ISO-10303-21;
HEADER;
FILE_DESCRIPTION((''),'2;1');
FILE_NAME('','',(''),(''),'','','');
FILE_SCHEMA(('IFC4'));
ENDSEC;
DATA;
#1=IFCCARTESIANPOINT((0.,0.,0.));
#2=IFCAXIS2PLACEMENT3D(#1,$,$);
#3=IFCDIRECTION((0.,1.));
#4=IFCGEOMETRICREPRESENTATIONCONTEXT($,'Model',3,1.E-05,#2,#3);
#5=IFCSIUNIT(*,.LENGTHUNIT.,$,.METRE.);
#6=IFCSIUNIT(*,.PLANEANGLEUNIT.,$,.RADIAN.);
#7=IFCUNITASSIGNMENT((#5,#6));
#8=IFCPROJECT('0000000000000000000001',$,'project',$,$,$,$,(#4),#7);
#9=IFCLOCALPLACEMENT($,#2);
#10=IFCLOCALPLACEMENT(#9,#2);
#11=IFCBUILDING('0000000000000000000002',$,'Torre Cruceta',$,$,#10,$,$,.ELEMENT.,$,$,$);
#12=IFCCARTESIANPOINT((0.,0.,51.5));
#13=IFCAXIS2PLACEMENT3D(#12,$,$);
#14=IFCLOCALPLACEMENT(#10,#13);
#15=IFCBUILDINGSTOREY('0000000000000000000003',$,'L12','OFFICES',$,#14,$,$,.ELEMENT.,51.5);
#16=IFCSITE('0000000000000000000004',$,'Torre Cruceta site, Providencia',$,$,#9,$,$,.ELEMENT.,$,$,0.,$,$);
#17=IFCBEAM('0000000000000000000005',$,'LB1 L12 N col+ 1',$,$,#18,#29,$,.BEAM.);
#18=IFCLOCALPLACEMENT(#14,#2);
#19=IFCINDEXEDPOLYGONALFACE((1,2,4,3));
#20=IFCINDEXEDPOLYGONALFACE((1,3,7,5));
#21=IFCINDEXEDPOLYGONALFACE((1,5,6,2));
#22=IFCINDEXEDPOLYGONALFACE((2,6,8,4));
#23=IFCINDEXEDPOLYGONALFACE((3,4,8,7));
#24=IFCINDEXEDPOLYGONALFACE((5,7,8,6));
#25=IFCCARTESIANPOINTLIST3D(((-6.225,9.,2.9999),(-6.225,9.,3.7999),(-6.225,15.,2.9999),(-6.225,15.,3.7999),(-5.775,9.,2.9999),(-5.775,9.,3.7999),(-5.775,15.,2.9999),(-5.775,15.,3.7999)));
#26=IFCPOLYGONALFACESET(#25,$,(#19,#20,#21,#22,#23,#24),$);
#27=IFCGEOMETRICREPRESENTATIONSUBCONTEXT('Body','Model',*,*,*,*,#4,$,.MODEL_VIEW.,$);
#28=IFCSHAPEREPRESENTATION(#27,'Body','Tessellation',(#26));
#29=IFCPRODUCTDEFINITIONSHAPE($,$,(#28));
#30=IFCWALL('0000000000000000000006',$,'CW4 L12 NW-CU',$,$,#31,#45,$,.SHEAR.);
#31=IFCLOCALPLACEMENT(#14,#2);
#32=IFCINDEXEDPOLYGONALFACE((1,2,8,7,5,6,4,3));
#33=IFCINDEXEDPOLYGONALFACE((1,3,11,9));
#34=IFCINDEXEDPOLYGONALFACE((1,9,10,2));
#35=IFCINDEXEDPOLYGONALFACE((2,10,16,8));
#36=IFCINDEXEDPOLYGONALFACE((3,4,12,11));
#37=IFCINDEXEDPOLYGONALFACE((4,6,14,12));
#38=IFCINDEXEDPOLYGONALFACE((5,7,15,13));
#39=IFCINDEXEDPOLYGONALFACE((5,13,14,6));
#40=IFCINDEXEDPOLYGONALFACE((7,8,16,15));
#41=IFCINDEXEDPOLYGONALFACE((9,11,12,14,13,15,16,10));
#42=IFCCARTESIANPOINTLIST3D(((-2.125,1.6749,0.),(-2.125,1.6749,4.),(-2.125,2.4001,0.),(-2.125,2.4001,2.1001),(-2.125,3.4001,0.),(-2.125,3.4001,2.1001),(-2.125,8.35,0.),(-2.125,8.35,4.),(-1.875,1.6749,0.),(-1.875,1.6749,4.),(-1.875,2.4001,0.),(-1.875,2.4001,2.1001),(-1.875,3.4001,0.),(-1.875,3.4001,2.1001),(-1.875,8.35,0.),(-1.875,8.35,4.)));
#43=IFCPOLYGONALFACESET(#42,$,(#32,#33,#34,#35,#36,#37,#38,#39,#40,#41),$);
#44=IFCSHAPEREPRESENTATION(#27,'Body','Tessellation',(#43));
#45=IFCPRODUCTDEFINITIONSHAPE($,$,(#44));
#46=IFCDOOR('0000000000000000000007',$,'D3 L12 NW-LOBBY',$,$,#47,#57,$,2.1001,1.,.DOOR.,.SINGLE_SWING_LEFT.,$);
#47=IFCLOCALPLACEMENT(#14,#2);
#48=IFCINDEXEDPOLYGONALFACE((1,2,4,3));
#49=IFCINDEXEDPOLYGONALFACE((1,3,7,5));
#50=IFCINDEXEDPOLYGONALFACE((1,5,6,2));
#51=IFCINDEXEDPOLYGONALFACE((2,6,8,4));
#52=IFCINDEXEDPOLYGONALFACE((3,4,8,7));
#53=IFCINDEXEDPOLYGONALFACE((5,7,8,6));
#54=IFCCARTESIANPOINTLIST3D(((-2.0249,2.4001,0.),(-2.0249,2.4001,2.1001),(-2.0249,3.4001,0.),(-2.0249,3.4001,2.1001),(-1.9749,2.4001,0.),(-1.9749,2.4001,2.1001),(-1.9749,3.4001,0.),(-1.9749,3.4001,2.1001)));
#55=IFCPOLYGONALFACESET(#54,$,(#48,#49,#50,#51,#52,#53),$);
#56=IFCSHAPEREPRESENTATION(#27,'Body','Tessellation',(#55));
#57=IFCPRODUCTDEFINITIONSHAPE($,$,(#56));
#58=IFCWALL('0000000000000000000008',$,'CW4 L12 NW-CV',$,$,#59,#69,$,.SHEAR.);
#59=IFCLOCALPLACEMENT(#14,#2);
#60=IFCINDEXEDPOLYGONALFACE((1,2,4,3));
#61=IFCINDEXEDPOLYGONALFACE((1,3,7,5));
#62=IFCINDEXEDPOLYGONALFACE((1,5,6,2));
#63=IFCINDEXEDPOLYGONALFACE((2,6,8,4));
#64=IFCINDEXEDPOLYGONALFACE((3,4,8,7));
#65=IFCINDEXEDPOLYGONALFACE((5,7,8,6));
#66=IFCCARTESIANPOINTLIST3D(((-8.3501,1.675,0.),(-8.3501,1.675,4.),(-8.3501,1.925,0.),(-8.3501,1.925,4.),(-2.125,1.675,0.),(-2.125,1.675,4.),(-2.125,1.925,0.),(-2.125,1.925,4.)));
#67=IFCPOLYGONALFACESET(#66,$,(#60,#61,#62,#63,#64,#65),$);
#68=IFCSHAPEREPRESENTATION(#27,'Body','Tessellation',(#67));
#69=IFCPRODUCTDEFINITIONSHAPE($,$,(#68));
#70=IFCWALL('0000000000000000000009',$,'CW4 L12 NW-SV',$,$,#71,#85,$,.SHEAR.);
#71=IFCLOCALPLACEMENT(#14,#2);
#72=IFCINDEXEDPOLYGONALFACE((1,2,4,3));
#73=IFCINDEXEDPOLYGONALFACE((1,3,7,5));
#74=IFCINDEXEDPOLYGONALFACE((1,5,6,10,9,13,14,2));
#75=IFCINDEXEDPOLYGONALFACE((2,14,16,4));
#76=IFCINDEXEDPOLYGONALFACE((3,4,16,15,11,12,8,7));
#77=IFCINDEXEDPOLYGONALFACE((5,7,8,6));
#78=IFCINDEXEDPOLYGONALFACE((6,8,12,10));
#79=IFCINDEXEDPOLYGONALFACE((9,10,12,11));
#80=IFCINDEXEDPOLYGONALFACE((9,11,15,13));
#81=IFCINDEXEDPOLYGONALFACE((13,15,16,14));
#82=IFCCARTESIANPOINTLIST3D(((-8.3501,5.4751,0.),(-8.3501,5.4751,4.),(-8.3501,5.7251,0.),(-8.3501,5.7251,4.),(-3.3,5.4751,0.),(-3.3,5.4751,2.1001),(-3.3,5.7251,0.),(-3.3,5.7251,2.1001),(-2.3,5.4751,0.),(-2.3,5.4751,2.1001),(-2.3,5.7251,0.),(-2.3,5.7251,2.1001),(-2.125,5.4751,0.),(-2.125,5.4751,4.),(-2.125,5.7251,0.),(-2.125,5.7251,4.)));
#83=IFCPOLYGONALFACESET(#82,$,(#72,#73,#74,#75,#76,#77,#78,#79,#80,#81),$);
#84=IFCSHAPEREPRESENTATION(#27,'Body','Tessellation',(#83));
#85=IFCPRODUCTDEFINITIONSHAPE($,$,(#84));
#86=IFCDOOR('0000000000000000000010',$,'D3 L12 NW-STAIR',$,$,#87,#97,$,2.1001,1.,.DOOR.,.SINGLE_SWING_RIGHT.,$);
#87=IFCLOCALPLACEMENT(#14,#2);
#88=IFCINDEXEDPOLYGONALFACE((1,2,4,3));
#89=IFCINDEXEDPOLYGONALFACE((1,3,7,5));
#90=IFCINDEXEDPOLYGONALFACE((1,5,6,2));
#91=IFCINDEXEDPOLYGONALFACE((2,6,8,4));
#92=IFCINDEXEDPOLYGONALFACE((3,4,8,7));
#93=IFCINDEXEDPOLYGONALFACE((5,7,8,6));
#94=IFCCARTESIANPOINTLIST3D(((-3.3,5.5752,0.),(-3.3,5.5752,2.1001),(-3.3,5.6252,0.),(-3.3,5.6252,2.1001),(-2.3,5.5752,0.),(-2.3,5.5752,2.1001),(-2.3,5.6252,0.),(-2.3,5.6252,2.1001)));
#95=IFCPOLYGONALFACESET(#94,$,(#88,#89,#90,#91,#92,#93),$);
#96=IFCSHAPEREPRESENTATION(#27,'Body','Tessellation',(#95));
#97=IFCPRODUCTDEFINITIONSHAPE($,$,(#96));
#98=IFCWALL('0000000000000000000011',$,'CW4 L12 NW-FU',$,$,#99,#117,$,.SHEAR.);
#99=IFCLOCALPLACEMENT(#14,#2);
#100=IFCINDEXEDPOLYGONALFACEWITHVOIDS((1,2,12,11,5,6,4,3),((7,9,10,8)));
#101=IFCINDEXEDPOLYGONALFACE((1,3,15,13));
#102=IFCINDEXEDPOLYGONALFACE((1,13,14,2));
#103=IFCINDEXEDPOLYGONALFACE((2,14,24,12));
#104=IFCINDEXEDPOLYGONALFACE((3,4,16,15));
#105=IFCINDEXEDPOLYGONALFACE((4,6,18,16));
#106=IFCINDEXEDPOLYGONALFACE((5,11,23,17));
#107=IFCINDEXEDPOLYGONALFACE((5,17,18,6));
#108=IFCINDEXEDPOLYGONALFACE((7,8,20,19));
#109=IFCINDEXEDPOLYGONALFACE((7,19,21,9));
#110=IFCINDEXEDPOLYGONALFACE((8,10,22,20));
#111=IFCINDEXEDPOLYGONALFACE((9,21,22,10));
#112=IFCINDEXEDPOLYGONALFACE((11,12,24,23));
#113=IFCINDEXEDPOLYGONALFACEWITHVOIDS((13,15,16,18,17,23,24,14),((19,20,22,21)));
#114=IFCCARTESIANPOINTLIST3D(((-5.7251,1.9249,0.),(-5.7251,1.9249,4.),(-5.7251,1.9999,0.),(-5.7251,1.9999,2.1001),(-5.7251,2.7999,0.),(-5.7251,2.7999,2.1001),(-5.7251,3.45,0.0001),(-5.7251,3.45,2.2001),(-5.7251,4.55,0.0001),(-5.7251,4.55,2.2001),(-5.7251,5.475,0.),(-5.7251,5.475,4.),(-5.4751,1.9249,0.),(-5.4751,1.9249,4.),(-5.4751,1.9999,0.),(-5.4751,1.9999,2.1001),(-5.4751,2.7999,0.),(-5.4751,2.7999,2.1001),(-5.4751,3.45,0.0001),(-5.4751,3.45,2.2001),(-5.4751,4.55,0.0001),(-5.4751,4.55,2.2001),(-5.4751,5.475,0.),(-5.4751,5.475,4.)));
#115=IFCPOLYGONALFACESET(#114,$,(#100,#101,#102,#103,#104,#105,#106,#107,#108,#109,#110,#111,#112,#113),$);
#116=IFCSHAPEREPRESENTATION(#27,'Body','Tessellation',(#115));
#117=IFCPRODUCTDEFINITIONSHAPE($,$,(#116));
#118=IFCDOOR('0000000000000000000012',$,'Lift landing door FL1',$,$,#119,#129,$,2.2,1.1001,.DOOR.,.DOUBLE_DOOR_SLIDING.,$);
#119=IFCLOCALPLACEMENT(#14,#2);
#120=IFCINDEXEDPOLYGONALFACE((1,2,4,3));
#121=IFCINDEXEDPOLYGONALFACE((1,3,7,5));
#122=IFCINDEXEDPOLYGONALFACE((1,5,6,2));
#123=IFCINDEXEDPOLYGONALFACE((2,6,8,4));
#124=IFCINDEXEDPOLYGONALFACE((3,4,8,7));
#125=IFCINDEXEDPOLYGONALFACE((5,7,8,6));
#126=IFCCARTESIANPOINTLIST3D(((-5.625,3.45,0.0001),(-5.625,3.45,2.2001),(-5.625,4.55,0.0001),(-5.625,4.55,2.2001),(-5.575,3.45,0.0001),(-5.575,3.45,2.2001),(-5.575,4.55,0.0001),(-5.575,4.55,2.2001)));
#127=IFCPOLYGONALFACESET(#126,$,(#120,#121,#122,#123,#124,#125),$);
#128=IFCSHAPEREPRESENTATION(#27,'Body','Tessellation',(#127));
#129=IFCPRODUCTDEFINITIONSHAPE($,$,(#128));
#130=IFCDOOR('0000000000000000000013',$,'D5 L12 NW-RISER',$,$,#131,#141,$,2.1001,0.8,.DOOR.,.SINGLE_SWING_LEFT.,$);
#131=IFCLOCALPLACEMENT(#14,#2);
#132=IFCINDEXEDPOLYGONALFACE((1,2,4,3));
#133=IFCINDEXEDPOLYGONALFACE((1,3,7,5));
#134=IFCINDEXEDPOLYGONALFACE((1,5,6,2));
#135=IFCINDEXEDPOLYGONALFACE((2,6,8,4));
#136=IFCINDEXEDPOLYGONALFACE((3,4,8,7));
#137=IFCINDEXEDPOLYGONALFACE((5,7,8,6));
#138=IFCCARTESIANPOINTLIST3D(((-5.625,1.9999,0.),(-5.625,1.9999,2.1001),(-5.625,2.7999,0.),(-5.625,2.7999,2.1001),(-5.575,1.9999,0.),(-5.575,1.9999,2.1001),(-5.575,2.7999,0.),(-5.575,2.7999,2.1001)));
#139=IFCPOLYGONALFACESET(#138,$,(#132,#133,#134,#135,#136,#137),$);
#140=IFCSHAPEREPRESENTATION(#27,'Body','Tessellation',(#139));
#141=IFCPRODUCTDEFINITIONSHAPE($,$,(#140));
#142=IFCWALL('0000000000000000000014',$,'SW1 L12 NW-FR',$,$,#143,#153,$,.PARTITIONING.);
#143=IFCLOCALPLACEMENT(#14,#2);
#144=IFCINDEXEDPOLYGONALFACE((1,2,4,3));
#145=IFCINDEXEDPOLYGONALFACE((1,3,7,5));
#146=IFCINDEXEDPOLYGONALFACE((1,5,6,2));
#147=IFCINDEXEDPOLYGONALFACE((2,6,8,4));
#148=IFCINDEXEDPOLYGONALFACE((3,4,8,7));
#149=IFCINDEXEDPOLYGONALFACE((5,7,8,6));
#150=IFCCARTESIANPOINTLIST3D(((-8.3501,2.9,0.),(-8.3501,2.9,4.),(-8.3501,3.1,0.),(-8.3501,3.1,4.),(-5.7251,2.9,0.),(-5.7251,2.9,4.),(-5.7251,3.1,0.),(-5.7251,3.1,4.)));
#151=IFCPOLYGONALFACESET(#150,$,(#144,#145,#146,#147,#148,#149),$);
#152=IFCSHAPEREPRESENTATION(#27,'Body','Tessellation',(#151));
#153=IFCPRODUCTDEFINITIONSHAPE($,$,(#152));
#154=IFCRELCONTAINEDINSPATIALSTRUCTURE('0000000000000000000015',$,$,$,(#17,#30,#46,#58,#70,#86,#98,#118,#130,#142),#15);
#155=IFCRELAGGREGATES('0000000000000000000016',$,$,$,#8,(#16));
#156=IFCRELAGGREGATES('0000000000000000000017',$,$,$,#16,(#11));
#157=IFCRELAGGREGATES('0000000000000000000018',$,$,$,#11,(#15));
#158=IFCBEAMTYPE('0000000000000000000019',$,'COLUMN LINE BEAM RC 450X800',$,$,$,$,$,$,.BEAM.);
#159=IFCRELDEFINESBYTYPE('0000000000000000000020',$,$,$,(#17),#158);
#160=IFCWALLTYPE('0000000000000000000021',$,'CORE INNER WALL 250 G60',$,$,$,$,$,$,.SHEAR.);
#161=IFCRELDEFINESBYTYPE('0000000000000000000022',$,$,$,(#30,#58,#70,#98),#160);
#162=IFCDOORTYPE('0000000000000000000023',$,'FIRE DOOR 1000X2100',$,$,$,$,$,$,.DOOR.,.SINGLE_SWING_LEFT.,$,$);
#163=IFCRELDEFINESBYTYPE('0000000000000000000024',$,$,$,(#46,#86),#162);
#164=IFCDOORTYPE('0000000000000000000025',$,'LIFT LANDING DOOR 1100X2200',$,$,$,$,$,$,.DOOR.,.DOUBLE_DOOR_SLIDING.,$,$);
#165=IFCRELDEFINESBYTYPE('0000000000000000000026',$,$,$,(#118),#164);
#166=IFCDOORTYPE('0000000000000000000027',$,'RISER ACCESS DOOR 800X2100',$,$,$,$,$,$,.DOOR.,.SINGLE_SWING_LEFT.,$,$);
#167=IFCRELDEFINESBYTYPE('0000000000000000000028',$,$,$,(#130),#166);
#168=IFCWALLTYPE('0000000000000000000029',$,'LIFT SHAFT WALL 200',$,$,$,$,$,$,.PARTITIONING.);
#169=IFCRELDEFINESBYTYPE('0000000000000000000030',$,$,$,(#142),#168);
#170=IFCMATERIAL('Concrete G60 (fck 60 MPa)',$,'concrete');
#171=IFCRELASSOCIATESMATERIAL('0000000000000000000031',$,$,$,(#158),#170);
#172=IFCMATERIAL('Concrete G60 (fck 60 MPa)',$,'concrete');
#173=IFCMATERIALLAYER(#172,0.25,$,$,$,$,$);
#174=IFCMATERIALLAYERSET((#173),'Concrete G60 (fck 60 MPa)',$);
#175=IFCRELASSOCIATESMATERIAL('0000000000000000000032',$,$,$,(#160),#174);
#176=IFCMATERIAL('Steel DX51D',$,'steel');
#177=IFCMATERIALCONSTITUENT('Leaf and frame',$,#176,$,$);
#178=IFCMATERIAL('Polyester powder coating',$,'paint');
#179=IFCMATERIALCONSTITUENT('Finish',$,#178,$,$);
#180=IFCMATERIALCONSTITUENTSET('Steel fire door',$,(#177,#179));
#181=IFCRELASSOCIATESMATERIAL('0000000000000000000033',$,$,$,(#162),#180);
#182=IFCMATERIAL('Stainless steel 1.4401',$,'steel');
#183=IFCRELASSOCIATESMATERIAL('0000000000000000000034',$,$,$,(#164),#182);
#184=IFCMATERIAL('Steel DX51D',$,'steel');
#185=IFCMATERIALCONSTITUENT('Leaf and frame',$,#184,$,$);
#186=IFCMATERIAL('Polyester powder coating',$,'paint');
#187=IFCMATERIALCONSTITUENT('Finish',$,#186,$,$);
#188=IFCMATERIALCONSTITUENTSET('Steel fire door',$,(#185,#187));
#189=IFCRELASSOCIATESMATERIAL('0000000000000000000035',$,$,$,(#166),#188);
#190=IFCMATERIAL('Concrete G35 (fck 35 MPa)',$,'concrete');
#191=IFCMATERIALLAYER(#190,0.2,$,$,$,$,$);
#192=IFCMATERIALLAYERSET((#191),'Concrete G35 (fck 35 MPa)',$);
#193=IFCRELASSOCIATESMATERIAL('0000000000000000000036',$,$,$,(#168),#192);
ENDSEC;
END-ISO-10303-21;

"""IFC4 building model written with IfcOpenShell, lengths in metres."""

from ifc_helpers import new_model, si_unit, direction, frame, frame_2d, origin, origin_2d, place, context, subcontext, project, spatial, rectangle, extrude, material, layer, layer_set, constituent, constituent_set, material_profile, profile_set, type_object, element, fill, save


model = new_model("IFC4")

# Units and contexts
model_context = context("Model", 3, precision=1e-05, world=origin(), true_north=direction((0.0, 1.0)))
body_context = subcontext(model_context, "Body", "Model", "MODEL_VIEW")
ifc_project = project(units=[si_unit("LENGTHUNIT", "METRE"), si_unit("PLANEANGLEUNIT", "RADIAN")], contexts=[model_context])

# Site, building, storey
site_placement = place(None, origin())
site = spatial("IfcSite", under=ifc_project, at=site_placement, Name="Torre Cruceta site, Providencia", CompositionType="ELEMENT", RefElevation=0.0)
building_placement = place(site_placement, origin())
building = spatial("IfcBuilding", under=site, at=building_placement, Name="Torre Cruceta", CompositionType="ELEMENT")
storey_placement = place(building_placement, frame((0.0, 0.0, 51.5)))
storey = spatial("IfcBuildingStorey", under=building, at=storey_placement, Name="L12", Description="OFFICES", CompositionType="ELEMENT", Elevation=51.5)

# Beam
ifc_material_1 = material(Name="Concrete G60 (fck 60 MPa)", Category="concrete")
ifc_material_profile = material_profile(ifc_material_1, rectangle(XDim=0.45, YDim=0.8, at=origin_2d()), Name="RC 450X800")
ifc_profile_set = profile_set([ifc_material_profile], Name="Concrete G60 (fck 60 MPa)")
beam_type = type_object("IfcBeamType", Name="COLUMN LINE BEAM RC 450X800", PredefinedType="BEAM", material=ifc_profile_set)
beam_placement = place(storey_placement, frame((-6.0, 9.0, 3.3999), z_axis=(0.0, 1.0, 0.0), x_axis=(-1.0, 0.0, 0.0)))
element("IfcBeam", 1, at=beam_placement, inside=storey, type_object=beam_type, Name="LB1 L12 N col+ 1", PredefinedType="BEAM", context=body_context, shape_type="SweptSolid", body=[
    extrude(rectangle(XDim=0.45, YDim=0.8, at=origin_2d()), origin(), (0.0, 0.0, 1.0), 6.0),
])

# Wall, opening, door
ifc_material_2 = material(Name="Concrete G60 (fck 60 MPa)", Category="concrete")
ifc_layer_1 = layer(ifc_material_2, 0.25)
ifc_layer_set_1 = layer_set([ifc_layer_1], Name="Concrete G60 (fck 60 MPa)")
wall_type_1 = type_object("IfcWallType", Name="CORE INNER WALL 250 G60", PredefinedType="SHEAR", material=ifc_layer_set_1)
wall_1_placement = place(storey_placement, frame((-2.0, 1.675, 0.0), z_axis=(0.0, 0.0, 1.0), x_axis=(0.0, 1.0, 0.0)))
wall_1 = element("IfcWall", 2, at=wall_1_placement, inside=storey, type_object=wall_type_1, Name="CW4 L12 NW-CU", PredefinedType="SHEAR", context=body_context, shape_type="SweptSolid", body=[
    extrude(rectangle(XDim=6.675, YDim=0.25, at=frame_2d((3.3374, 0.0))), origin(), (0.0, 0.0, 1.0), 4.0),
])
opening_1_placement = place(wall_1_placement, frame((0.7251, 0.0, 0.0)))
opening_1 = element("IfcOpeningElement", 3, at=opening_1_placement, cuts=wall_1, PredefinedType="OPENING", context=body_context, shape_type="SweptSolid", body=[
    extrude(rectangle(XDim=1.0, YDim=2.1001, at=frame_2d((0.5, 1.05))), frame((0.0, 0.135, 0.0), z_axis=(0.0, -1.0, 0.0), x_axis=(1.0, 0.0, 0.0)), (0.0, 0.0, 1.0), 0.27),
])
ifc_material_3 = material(Name="Steel DX51D", Category="steel")
ifc_constituent_1 = constituent(ifc_material_3, Name="Leaf and frame")
ifc_material_4 = material(Name="Polyester powder coating", Category="paint")
ifc_constituent_2 = constituent(ifc_material_4, Name="Finish")
ifc_constituent_set_1 = constituent_set(constituents=[ifc_constituent_1, ifc_constituent_2], Name="Steel fire door")
door_type_1 = type_object("IfcDoorType", Name="FIRE DOOR 1000X2100", OperationType="SINGLE_SWING_LEFT", PredefinedType="DOOR", material=ifc_constituent_set_1)
door_1_placement = place(opening_1_placement, origin())
door_1 = element("IfcDoor", 4, at=door_1_placement, inside=storey, type_object=door_type_1, Name="D3 L12 NW-LOBBY", OperationType="SINGLE_SWING_LEFT", OverallHeight=2.1001, OverallWidth=1.0, PredefinedType="DOOR", context=body_context, shape_type="SweptSolid", body=[
    extrude(rectangle(XDim=1.0, YDim=2.1001, at=frame_2d((0.5, 1.05))), frame((0.0, 0.0249, 0.0), z_axis=(0.0, -1.0, 0.0), x_axis=(1.0, 0.0, 0.0)), (0.0, 0.0, 1.0), 0.05),
])
fill(opening_1, door_1)

# Wall
wall_2_placement = place(storey_placement, frame((-2.125, 1.8, 0.0), z_axis=(0.0, 0.0, 1.0), x_axis=(-1.0, 0.0, 0.0)))
element("IfcWall", 5, at=wall_2_placement, inside=storey, type_object=wall_type_1, Name="CW4 L12 NW-CV", PredefinedType="SHEAR", context=body_context, shape_type="SweptSolid", body=[
    extrude(rectangle(XDim=6.2251, YDim=0.25, at=frame_2d((3.1125, 0.0))), origin(), (0.0, 0.0, 1.0), 4.0),
])

# Wall, opening, door
wall_3_placement = place(storey_placement, frame((-2.125, 5.6001, 0.0), z_axis=(0.0, 0.0, 1.0), x_axis=(-1.0, 0.0, 0.0)))
wall_3 = element("IfcWall", 6, at=wall_3_placement, inside=storey, type_object=wall_type_1, Name="CW4 L12 NW-SV", PredefinedType="SHEAR", context=body_context, shape_type="SweptSolid", body=[
    extrude(rectangle(XDim=6.2251, YDim=0.25, at=frame_2d((3.1125, 0.0))), origin(), (0.0, 0.0, 1.0), 4.0),
])
opening_2_placement = place(wall_3_placement, frame((0.175, 0.0, 0.0)))
opening_2 = element("IfcOpeningElement", 7, at=opening_2_placement, cuts=wall_3, PredefinedType="OPENING", context=body_context, shape_type="SweptSolid", body=[
    extrude(rectangle(XDim=1.0, YDim=2.1001, at=frame_2d((0.5, 1.05))), frame((0.0, 0.135, 0.0), z_axis=(0.0, -1.0, 0.0), x_axis=(1.0, 0.0, 0.0)), (0.0, 0.0, 1.0), 0.27),
])
door_2_placement = place(opening_2_placement, frame((1.0, 0.0, 0.0), z_axis=(0.0, 0.0, 1.0), x_axis=(-1.0, 0.0, 0.0)))
door_2 = element("IfcDoor", 8, at=door_2_placement, inside=storey, type_object=door_type_1, Name="D3 L12 NW-STAIR", OperationType="SINGLE_SWING_RIGHT", OverallHeight=2.1001, OverallWidth=1.0, PredefinedType="DOOR", context=body_context, shape_type="SweptSolid", body=[
    extrude(rectangle(XDim=1.0, YDim=2.1001, at=frame_2d((0.5, 1.05))), frame((0.0, 0.0251, 0.0), z_axis=(0.0, -1.0, 0.0), x_axis=(1.0, 0.0, 0.0)), (0.0, 0.0, 1.0), 0.05),
])
fill(opening_2, door_2)

# Wall, openings, doors
wall_4_placement = place(storey_placement, frame((-5.6001, 1.925, 0.0), z_axis=(0.0, 0.0, 1.0), x_axis=(0.0, 1.0, 0.0)))
wall_4 = element("IfcWall", 9, at=wall_4_placement, inside=storey, type_object=wall_type_1, Name="CW4 L12 NW-FU", PredefinedType="SHEAR", context=body_context, shape_type="SweptSolid", body=[
    extrude(rectangle(XDim=3.55, YDim=0.25, at=frame_2d((1.7749, 0.0))), origin(), (0.0, 0.0, 1.0), 4.0),
])
opening_3_placement = place(wall_4_placement, frame((1.5249, 0.0, 0.0)))
opening_3 = element("IfcOpeningElement", 10, at=opening_3_placement, cuts=wall_4, PredefinedType="OPENING", context=body_context, shape_type="SweptSolid", body=[
    extrude(rectangle(XDim=1.1001, YDim=2.2, at=frame_2d((0.55, 1.1001))), frame((0.0, 0.135, 0.0), z_axis=(0.0, -1.0, 0.0), x_axis=(1.0, 0.0, 0.0)), (0.0, 0.0, 1.0), 0.27),
])
opening_4_placement = place(wall_4_placement, frame((0.075, 0.0, 0.0)))
opening_4 = element("IfcOpeningElement", 11, at=opening_4_placement, cuts=wall_4, PredefinedType="OPENING", context=body_context, shape_type="SweptSolid", body=[
    extrude(rectangle(XDim=0.8, YDim=2.1001, at=frame_2d((0.3999, 1.05))), frame((0.0, 0.135, 0.0), z_axis=(0.0, -1.0, 0.0), x_axis=(1.0, 0.0, 0.0)), (0.0, 0.0, 1.0), 0.27),
])
ifc_material_5 = material(Name="Stainless steel 1.4401", Category="steel")
door_type_2 = type_object("IfcDoorType", Name="LIFT LANDING DOOR 1100X2200", OperationType="DOUBLE_DOOR_SLIDING", PredefinedType="DOOR", material=ifc_material_5)
door_3_placement = place(opening_3_placement, origin())
door_3 = element("IfcDoor", 12, at=door_3_placement, inside=storey, type_object=door_type_2, Name="Lift landing door FL1", OperationType="DOUBLE_DOOR_SLIDING", OverallHeight=2.2, OverallWidth=1.1001, PredefinedType="DOOR", context=body_context, shape_type="SweptSolid", body=[
    extrude(rectangle(XDim=1.1001, YDim=2.2, at=frame_2d((0.55, 1.1001))), frame((0.0, 0.0249, 0.0), z_axis=(0.0, -1.0, 0.0), x_axis=(1.0, 0.0, 0.0)), (0.0, 0.0, 1.0), 0.05),
])
fill(opening_3, door_3)
ifc_material_6 = material(Name="Steel DX51D", Category="steel")
ifc_constituent_3 = constituent(ifc_material_6, Name="Leaf and frame")
ifc_material_7 = material(Name="Polyester powder coating", Category="paint")
ifc_constituent_4 = constituent(ifc_material_7, Name="Finish")
ifc_constituent_set_2 = constituent_set(constituents=[ifc_constituent_3, ifc_constituent_4], Name="Steel fire door")
door_type_3 = type_object("IfcDoorType", Name="RISER ACCESS DOOR 800X2100", OperationType="SINGLE_SWING_LEFT", PredefinedType="DOOR", material=ifc_constituent_set_2)
door_4_placement = place(opening_4_placement, origin())
door_4 = element("IfcDoor", 13, at=door_4_placement, inside=storey, type_object=door_type_3, Name="D5 L12 NW-RISER", OperationType="SINGLE_SWING_LEFT", OverallHeight=2.1001, OverallWidth=0.8, PredefinedType="DOOR", context=body_context, shape_type="SweptSolid", body=[
    extrude(rectangle(XDim=0.8, YDim=2.1001, at=frame_2d((0.3999, 1.05))), frame((0.0, 0.0249, 0.0), z_axis=(0.0, -1.0, 0.0), x_axis=(1.0, 0.0, 0.0)), (0.0, 0.0, 1.0), 0.05),
])
fill(opening_4, door_4)

# Wall
ifc_material_8 = material(Name="Concrete G35 (fck 35 MPa)", Category="concrete")
ifc_layer_2 = layer(ifc_material_8, 0.2)
ifc_layer_set_2 = layer_set([ifc_layer_2], Name="Concrete G35 (fck 35 MPa)")
wall_type_2 = type_object("IfcWallType", Name="LIFT SHAFT WALL 200", PredefinedType="PARTITIONING", material=ifc_layer_set_2)
wall_5_placement = place(storey_placement, frame((-5.7251, 3.0, 0.0), z_axis=(0.0, 0.0, 1.0), x_axis=(-1.0, 0.0, 0.0)))
element("IfcWall", 14, at=wall_5_placement, inside=storey, type_object=wall_type_2, Name="SW1 L12 NW-FR", PredefinedType="PARTITIONING", context=body_context, shape_type="SweptSolid", body=[
    extrude(rectangle(XDim=2.625, YDim=0.2, at=frame_2d((1.3125, 0.0))), origin(), (0.0, 0.0, 1.0), 4.0),
])

save(model, "model.ifc")
